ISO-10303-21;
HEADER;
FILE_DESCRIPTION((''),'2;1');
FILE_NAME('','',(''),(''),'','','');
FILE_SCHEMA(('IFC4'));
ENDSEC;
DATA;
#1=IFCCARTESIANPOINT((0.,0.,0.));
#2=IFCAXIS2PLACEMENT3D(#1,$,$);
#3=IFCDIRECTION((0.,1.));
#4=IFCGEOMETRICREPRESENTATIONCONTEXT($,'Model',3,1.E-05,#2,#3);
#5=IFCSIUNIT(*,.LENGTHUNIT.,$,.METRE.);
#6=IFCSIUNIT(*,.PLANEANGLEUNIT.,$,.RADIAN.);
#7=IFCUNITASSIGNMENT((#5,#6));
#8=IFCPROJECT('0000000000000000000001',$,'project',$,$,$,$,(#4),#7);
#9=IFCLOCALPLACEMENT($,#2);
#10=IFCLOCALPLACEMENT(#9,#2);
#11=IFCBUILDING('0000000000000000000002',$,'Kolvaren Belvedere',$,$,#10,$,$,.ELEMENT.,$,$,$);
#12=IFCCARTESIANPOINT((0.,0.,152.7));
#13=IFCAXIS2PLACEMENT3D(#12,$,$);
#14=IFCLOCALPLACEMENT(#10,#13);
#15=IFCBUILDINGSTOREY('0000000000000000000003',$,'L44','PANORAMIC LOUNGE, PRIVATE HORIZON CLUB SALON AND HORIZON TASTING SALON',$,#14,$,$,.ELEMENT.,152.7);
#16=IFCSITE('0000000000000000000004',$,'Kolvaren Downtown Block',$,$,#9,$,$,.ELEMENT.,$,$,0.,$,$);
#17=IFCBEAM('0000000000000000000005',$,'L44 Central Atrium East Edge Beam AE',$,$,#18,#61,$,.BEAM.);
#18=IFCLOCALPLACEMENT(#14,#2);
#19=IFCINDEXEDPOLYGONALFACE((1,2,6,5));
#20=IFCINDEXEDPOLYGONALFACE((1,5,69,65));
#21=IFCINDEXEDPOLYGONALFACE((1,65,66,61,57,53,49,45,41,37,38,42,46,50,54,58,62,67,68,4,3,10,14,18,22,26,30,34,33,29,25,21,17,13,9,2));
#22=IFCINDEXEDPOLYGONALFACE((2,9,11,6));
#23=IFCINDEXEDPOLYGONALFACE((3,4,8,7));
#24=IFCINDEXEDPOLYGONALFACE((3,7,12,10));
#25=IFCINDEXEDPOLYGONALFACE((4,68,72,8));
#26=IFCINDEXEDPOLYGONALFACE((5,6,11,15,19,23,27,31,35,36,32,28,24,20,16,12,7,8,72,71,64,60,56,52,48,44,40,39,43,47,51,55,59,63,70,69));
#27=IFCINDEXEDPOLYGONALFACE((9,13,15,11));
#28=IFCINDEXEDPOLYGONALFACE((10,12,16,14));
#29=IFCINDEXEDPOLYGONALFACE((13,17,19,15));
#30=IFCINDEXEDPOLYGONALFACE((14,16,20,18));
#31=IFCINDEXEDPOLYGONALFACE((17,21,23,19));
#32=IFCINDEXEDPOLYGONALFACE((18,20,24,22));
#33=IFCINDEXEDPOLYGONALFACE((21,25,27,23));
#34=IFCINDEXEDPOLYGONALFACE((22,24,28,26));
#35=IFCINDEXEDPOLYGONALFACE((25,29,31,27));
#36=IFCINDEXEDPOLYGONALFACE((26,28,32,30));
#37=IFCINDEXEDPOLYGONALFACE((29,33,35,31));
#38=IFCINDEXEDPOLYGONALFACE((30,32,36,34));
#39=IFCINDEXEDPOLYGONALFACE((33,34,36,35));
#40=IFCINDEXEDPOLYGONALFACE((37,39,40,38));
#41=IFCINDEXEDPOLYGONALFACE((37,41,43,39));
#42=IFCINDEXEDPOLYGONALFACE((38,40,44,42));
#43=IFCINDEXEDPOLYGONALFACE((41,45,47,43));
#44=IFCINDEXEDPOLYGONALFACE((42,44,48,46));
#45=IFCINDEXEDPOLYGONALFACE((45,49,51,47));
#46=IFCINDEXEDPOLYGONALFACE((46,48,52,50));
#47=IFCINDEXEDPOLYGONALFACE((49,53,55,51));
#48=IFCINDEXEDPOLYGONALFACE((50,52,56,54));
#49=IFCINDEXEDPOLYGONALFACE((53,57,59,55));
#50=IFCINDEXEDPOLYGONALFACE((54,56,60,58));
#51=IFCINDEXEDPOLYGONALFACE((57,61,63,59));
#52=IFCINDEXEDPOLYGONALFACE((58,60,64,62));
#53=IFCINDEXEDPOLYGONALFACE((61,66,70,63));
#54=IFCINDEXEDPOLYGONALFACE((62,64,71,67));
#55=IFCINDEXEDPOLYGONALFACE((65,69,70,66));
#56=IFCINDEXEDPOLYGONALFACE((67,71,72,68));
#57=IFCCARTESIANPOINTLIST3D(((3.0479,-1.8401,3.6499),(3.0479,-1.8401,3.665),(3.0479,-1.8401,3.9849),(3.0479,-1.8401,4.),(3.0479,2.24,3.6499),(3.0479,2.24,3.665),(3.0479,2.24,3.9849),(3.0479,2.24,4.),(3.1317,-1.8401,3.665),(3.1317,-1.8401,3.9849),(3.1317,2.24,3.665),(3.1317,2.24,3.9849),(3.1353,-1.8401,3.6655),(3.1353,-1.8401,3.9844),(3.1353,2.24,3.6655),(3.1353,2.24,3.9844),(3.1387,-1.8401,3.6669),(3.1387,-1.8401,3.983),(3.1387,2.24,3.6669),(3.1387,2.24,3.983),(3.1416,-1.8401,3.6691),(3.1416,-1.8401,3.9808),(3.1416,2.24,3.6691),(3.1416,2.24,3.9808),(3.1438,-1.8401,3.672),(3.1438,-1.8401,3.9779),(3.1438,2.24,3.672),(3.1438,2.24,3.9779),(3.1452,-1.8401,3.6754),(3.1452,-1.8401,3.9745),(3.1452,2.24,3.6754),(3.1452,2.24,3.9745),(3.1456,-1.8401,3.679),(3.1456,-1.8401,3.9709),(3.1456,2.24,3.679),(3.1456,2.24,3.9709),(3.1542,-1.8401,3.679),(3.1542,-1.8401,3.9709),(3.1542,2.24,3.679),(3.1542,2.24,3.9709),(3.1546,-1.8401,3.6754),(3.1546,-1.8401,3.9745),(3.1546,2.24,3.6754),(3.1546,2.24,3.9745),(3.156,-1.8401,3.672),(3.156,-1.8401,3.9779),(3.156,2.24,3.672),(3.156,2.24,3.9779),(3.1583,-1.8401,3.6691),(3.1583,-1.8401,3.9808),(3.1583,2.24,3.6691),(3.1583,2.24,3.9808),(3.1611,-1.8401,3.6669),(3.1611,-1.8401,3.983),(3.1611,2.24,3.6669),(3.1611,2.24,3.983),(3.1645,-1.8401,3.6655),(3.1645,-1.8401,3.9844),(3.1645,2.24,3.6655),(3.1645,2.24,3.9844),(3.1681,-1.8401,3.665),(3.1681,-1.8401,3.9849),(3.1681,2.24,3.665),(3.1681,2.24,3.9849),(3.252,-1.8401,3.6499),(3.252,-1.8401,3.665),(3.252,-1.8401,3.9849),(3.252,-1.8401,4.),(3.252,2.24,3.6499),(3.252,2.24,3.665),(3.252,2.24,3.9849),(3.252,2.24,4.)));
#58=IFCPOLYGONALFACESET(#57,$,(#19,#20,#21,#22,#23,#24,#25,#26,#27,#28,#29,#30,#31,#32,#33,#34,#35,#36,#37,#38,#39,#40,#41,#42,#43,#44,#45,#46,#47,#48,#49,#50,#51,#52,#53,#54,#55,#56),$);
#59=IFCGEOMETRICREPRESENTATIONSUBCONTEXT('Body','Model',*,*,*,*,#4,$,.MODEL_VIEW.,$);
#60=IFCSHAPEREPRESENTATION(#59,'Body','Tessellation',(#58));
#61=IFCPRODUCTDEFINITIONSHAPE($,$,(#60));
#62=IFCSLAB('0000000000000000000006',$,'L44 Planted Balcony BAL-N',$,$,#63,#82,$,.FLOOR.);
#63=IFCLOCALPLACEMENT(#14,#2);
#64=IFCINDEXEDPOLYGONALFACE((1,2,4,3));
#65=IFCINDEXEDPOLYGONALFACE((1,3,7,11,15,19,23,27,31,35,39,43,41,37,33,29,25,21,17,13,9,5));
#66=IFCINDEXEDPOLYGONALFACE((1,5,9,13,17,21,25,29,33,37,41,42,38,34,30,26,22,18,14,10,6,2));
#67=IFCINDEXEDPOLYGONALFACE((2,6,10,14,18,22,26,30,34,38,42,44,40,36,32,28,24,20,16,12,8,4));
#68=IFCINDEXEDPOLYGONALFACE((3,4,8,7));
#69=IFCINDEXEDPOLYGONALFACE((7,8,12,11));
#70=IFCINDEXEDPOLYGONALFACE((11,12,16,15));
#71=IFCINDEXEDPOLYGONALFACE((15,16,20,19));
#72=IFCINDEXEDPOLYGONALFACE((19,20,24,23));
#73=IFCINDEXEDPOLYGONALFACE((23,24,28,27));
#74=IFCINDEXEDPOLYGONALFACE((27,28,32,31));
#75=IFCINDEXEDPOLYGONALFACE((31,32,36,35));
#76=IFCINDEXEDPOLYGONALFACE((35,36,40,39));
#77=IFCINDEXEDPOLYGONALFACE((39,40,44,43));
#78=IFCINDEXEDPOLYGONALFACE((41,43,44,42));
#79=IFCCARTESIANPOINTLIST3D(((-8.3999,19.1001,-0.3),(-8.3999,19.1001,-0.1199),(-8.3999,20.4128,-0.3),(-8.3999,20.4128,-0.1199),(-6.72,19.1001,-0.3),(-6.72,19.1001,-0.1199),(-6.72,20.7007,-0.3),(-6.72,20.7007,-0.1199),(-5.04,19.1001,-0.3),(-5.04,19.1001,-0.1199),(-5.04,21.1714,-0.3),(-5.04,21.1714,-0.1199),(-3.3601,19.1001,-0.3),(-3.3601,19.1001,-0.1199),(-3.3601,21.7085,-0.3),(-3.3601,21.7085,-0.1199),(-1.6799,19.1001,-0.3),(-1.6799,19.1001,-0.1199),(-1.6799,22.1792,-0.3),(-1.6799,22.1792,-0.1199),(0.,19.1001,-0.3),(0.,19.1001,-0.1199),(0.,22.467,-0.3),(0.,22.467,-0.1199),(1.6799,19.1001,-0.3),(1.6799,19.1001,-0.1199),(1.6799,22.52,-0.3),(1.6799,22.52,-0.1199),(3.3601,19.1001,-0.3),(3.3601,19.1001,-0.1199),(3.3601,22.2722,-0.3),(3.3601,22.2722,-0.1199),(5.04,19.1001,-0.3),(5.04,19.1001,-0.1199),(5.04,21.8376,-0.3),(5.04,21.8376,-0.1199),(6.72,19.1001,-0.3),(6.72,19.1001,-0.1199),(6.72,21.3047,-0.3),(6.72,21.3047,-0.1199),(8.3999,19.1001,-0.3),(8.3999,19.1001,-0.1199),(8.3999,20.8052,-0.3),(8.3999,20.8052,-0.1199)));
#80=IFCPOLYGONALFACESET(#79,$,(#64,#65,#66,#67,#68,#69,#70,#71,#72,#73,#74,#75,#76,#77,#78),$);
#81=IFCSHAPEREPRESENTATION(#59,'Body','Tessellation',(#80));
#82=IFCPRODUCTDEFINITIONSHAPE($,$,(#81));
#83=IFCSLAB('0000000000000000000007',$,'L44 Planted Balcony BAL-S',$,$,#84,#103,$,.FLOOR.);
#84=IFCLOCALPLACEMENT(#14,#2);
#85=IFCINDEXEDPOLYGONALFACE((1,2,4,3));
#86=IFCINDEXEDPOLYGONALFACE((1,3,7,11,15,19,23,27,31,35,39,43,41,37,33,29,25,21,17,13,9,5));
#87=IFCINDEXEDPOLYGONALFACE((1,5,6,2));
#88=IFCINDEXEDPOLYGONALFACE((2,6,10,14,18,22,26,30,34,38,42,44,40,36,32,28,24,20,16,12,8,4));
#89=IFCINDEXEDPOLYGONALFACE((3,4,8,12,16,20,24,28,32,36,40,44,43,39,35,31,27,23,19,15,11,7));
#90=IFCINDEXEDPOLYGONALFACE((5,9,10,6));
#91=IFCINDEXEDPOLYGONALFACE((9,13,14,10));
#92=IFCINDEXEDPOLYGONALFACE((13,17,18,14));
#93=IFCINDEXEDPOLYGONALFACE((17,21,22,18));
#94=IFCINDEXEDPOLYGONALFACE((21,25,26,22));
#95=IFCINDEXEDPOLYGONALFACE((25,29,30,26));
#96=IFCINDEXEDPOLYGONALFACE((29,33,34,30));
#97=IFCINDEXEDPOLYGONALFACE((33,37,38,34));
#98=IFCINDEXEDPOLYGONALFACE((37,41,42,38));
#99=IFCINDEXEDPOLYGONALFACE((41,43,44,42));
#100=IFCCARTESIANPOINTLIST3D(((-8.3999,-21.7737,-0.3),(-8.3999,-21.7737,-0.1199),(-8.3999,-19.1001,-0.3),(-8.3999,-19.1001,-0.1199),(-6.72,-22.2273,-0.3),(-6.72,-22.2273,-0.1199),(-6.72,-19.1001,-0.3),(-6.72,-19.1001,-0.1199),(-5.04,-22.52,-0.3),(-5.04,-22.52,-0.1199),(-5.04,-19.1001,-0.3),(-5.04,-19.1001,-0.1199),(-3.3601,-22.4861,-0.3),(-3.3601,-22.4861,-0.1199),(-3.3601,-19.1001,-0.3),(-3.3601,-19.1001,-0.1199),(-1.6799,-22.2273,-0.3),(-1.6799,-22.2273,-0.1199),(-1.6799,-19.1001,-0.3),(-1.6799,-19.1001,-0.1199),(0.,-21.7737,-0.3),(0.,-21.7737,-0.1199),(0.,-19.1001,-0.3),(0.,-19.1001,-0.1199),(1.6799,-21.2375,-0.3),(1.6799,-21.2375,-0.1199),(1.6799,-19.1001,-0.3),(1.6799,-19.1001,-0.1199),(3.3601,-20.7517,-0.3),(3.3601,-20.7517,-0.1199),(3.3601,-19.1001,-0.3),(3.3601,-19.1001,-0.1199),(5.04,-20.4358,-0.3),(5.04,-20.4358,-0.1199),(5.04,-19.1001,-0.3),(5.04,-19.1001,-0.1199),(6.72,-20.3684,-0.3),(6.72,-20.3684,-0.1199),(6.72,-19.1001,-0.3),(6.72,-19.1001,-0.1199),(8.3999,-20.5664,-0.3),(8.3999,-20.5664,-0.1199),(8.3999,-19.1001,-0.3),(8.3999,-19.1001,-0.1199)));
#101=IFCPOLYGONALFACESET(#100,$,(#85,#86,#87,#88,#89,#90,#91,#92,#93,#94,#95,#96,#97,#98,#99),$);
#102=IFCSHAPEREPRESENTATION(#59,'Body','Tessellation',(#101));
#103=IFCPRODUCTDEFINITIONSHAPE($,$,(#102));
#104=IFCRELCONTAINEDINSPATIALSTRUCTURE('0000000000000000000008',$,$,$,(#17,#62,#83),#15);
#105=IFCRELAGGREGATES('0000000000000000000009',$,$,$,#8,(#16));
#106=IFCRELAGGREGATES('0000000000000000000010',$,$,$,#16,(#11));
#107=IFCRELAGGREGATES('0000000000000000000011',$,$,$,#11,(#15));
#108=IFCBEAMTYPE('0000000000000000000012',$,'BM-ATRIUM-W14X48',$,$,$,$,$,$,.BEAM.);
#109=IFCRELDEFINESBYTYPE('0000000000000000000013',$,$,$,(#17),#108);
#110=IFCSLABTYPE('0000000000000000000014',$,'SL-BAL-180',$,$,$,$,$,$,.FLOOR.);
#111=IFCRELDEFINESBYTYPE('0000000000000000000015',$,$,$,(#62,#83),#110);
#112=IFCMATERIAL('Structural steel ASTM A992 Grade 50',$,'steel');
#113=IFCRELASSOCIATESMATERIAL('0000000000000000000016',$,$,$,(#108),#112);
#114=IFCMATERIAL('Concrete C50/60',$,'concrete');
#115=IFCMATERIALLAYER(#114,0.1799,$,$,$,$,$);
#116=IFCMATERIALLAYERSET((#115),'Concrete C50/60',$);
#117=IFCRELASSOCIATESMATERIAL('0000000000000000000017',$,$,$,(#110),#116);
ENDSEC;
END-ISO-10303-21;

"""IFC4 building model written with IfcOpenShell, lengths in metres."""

from ifc_helpers import new_model, si_unit, direction, frame, origin, origin_2d, place, context, subcontext, project, spatial, polyline, i_section, outline, extrude, material, layer, layer_set, material_profile, profile_set, type_object, element, save


model = new_model("IFC4")

# Units and contexts
model_context = context("Model", 3, precision=1e-05, world=origin(), true_north=direction((0.0, 1.0)))
body_context = subcontext(model_context, "Body", "Model", "MODEL_VIEW")
ifc_project = project(units=[si_unit("LENGTHUNIT", "METRE"), si_unit("PLANEANGLEUNIT", "RADIAN")], contexts=[model_context])

# Site, building, storey
site_placement = place(None, origin())
site = spatial("IfcSite", under=ifc_project, at=site_placement, Name="Kolvaren Downtown Block", CompositionType="ELEMENT", RefElevation=0.0)
building_placement = place(site_placement, origin())
building = spatial("IfcBuilding", under=site, at=building_placement, Name="Kolvaren Belvedere", CompositionType="ELEMENT")
storey_placement = place(building_placement, frame((0.0, 0.0, 152.7)))
storey = spatial("IfcBuildingStorey", under=building, at=storey_placement, Name="L44", Description="PANORAMIC LOUNGE, PRIVATE HORIZON CLUB SALON AND HORIZON TASTING SALON", CompositionType="ELEMENT", Elevation=152.7)

# Beam
ifc_material_1 = material(Name="Structural steel ASTM A992 Grade 50", Category="steel")
ifc_material_profile = material_profile(ifc_material_1, i_section(OverallWidth=0.2041, OverallDepth=0.3501, WebThickness=0.0085, FlangeThickness=0.0151, FilletRadius=0.0139, at=origin_2d()), Name="W14X48")
ifc_profile_set = profile_set([ifc_material_profile], Name="Structural steel ASTM A992 Grade 50")
beam_type = type_object("IfcBeamType", Name="BM-ATRIUM-W14X48", PredefinedType="BEAM", material=ifc_profile_set)
beam_placement = place(storey_placement, frame((3.1499, -1.8401, 3.825), z_axis=(0.0, 1.0, 0.0), x_axis=(-1.0, 0.0, 0.0)))
element("IfcBeam", 1, at=beam_placement, inside=storey, type_object=beam_type, Name="L44 Central Atrium East Edge Beam AE", PredefinedType="BEAM", context=body_context, shape_type="SweptSolid", body=[
    extrude(i_section(OverallWidth=0.2041, OverallDepth=0.3501, WebThickness=0.0085, FlangeThickness=0.0151, FilletRadius=0.0139, at=origin_2d()), origin(), (0.0, 0.0, 1.0), 4.0801),
])

# Slabs
ifc_material_2 = material(Name="Concrete C50/60", Category="concrete")
ifc_layer_1 = layer(ifc_material_2, 0.1799)
ifc_layer_set_1 = layer_set([ifc_layer_1], Name="Concrete C50/60")
slab_type_1 = type_object("IfcSlabType", Name="SL-BAL-180", PredefinedType="FLOOR", material=ifc_layer_set_1)
slab_1_placement = place(storey_placement, frame((0.0, 0.0, -0.3)))
element("IfcSlab", 2, at=slab_1_placement, inside=storey, type_object=slab_type_1, Name="L44 Planted Balcony BAL-N", PredefinedType="FLOOR", context=body_context, shape_type="SweptSolid", body=[
    extrude(outline(polyline([(-8.3999, 19.1001), (-6.72, 19.1001), (-5.04, 19.1001), (-3.3601, 19.1001), (-1.6799, 19.1001), (0.0, 19.1001), (1.6799, 19.1001), (3.3601, 19.1001), (5.04, 19.1001), (6.72, 19.1001), (8.3999, 19.1001), (8.3999, 20.8052), (6.72, 21.3047), (5.04, 21.8376), (3.3601, 22.2722), (1.6799, 22.52), (0.0, 22.467), (-1.6799, 22.1792), (-3.3601, 21.7085), (-5.04, 21.1714), (-6.72, 20.7007), (-8.3999, 20.4128), (-8.3999, 19.1001)])), origin(), (0.0, 0.0, 1.0), 0.1802),
])
slab_2_placement = place(storey_placement, frame((0.0, 0.0, -0.3)))
element("IfcSlab", 3, at=slab_2_placement, inside=storey, type_object=slab_type_1, Name="L44 Planted Balcony BAL-S", PredefinedType="FLOOR", context=body_context, shape_type="SweptSolid", body=[
    extrude(outline(polyline([(-8.3999, -21.7737), (-6.72, -22.2273), (-5.04, -22.52), (-3.3601, -22.4861), (-1.6799, -22.2273), (0.0, -21.7737), (1.6799, -21.2375), (3.3601, -20.7517), (5.04, -20.4358), (6.72, -20.3684), (8.3999, -20.5664), (8.3999, -19.1001), (6.72, -19.1001), (5.04, -19.1001), (3.3601, -19.1001), (1.6799, -19.1001), (0.0, -19.1001), (-1.6799, -19.1001), (-3.3601, -19.1001), (-5.04, -19.1001), (-6.72, -19.1001), (-8.3999, -19.1001), (-8.3999, -21.7737)])), origin(), (0.0, 0.0, 1.0), 0.1802),
])

save(model, "model.ifc")
